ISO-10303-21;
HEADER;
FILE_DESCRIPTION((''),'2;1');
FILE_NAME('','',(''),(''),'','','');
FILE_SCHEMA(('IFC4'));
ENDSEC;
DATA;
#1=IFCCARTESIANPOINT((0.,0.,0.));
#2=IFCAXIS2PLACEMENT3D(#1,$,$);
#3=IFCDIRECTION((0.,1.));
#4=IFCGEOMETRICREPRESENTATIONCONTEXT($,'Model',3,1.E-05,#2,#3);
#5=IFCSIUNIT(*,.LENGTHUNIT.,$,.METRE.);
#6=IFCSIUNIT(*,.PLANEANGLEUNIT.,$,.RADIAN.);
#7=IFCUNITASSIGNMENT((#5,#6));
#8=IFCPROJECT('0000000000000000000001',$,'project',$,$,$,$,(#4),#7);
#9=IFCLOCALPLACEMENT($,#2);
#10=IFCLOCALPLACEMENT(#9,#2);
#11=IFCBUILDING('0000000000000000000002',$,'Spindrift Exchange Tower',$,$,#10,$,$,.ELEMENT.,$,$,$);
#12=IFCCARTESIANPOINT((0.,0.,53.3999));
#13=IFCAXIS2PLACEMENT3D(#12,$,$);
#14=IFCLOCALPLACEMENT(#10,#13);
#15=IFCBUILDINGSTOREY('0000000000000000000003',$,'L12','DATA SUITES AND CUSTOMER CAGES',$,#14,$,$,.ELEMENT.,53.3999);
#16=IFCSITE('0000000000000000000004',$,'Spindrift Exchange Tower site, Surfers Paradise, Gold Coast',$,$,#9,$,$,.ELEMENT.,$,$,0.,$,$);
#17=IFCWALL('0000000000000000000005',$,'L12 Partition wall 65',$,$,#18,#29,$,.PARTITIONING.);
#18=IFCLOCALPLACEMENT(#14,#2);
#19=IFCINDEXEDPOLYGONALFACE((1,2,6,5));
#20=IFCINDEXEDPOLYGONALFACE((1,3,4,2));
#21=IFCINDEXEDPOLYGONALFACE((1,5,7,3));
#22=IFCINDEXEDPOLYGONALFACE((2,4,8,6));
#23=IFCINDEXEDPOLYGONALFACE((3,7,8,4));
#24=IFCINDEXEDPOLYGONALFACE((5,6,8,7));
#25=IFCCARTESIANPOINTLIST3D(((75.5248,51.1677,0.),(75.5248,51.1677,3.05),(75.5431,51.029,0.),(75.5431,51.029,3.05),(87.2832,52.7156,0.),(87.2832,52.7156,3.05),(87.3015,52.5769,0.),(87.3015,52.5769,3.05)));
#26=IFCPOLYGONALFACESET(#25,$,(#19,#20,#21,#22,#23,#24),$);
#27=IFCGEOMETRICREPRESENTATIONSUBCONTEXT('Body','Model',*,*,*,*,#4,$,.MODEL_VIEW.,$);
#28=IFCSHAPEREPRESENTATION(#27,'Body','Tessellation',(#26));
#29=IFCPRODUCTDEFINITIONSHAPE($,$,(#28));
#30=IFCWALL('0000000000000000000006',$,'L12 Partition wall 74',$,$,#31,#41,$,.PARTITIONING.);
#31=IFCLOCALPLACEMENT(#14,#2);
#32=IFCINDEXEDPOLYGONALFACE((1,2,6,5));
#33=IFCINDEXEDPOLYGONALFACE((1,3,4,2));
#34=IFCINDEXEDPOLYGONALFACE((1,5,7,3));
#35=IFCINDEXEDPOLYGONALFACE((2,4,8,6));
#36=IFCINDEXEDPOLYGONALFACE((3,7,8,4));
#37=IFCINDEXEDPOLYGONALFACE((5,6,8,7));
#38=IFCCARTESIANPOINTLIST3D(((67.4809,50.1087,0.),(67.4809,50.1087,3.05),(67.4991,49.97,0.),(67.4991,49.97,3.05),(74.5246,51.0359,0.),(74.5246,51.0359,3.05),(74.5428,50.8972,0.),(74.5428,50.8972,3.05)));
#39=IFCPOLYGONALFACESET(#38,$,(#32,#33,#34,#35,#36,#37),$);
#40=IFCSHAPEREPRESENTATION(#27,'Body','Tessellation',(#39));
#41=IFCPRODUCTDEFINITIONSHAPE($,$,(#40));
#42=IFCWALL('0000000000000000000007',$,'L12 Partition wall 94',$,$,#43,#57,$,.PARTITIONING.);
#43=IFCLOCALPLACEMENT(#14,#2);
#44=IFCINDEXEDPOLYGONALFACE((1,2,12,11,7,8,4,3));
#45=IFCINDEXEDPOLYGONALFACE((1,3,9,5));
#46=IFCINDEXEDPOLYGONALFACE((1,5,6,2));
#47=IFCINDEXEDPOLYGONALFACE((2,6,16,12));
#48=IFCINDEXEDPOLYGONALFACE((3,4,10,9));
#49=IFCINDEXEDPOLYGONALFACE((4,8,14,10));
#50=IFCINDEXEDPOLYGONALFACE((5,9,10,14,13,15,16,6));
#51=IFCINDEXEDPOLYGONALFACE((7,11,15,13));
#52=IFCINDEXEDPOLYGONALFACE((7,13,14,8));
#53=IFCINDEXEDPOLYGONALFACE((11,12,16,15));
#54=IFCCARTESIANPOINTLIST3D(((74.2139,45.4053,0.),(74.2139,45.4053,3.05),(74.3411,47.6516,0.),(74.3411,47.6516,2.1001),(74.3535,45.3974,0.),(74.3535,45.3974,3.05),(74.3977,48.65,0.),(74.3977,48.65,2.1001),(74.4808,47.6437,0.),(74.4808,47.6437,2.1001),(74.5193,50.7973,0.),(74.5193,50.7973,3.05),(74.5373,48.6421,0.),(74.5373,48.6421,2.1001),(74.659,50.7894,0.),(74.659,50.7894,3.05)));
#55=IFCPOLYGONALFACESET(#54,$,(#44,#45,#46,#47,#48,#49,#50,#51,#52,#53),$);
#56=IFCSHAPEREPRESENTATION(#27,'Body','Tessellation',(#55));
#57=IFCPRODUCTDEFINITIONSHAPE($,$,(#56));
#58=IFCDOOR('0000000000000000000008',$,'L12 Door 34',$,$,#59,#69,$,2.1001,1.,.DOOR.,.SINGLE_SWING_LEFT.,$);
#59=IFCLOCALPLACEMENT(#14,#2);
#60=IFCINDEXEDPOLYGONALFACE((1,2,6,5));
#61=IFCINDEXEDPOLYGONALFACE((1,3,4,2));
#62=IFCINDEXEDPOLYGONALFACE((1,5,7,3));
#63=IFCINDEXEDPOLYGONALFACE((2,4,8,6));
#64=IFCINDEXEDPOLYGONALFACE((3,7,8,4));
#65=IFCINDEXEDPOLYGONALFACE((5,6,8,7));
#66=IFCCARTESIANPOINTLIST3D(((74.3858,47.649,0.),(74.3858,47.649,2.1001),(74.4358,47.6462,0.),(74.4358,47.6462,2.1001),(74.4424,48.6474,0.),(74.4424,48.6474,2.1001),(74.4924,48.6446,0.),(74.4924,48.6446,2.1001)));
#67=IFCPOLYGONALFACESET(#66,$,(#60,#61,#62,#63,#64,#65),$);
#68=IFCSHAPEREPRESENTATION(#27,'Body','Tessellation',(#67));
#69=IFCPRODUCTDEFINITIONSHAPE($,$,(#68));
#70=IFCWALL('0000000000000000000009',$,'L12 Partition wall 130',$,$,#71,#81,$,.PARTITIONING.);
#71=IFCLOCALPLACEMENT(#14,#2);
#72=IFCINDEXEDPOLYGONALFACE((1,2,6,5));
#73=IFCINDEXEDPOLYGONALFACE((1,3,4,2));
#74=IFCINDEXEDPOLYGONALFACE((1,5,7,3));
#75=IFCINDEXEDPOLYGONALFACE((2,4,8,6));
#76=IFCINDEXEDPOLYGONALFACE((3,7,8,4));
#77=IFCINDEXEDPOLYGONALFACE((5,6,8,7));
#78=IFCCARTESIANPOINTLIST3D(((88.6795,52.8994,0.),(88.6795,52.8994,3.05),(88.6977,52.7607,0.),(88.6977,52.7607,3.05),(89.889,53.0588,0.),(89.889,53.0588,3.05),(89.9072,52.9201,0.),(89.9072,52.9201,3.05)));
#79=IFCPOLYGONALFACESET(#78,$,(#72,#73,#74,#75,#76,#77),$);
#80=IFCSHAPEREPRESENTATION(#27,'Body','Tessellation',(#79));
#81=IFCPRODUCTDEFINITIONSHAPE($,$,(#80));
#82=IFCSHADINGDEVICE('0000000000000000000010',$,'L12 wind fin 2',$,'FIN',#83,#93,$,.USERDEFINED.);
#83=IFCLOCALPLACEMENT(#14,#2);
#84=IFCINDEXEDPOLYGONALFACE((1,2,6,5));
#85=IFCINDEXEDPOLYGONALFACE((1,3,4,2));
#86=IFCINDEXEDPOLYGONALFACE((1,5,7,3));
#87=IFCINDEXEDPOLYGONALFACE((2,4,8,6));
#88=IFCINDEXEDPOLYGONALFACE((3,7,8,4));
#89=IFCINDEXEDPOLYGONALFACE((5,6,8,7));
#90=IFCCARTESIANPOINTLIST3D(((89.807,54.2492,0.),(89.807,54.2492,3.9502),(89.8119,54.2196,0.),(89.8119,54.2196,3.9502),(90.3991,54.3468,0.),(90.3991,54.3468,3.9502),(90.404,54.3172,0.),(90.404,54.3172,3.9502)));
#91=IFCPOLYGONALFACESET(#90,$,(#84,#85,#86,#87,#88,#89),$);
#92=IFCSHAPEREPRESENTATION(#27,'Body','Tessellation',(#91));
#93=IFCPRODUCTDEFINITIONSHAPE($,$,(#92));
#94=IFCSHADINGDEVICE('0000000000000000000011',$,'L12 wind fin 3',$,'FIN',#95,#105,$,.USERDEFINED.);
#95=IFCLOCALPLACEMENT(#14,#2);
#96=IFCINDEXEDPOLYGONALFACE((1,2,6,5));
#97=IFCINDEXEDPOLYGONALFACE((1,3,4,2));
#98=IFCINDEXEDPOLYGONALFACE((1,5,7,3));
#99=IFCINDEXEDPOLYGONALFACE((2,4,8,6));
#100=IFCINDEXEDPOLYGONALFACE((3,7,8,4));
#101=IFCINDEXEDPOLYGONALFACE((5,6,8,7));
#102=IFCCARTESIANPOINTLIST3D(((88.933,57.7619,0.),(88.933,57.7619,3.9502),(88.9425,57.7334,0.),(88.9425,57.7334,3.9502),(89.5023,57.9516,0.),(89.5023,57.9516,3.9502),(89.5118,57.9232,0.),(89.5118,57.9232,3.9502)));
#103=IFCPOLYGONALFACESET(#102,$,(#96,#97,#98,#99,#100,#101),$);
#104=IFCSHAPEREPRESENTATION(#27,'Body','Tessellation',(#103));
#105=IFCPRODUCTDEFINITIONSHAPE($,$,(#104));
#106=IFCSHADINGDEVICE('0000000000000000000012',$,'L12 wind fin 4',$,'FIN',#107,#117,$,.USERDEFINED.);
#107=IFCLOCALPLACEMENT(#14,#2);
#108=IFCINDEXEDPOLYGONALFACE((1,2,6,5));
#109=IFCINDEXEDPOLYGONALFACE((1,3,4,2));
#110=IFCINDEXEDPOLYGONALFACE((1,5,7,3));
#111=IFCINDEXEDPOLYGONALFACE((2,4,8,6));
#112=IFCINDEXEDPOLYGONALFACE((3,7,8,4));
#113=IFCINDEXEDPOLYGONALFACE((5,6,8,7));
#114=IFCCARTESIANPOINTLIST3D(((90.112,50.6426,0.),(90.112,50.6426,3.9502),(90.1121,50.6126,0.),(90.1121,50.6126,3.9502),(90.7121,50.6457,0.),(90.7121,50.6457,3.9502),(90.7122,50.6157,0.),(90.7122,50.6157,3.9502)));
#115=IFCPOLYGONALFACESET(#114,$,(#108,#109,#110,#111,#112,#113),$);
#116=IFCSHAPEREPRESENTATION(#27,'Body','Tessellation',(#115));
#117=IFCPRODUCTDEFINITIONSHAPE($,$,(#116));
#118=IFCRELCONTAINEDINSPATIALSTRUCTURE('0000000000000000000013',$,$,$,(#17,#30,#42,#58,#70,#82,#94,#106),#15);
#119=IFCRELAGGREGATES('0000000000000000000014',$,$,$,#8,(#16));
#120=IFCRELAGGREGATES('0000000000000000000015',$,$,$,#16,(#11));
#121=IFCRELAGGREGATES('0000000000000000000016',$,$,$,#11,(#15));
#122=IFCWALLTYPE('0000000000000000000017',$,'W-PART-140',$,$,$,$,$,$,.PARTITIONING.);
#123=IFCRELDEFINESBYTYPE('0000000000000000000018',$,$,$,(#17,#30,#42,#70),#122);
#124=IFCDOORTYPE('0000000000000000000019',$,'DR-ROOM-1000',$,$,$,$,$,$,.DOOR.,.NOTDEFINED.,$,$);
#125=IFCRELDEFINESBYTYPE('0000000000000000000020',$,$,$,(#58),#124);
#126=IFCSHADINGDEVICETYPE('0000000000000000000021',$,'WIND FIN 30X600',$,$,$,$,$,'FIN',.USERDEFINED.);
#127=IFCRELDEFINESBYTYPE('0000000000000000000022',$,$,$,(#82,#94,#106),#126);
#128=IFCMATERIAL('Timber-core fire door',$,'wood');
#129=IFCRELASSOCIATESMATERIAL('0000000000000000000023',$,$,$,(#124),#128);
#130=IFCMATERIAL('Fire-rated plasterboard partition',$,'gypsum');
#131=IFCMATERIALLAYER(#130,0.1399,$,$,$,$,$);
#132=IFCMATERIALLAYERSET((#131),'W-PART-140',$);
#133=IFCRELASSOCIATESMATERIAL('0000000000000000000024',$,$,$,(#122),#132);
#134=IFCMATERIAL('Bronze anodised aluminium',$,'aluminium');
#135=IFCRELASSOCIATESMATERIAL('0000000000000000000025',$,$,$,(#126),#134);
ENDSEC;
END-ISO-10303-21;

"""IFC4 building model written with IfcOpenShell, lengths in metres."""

from ifc_helpers import new_model, si_unit, direction, frame, frame_2d, origin, origin_2d, place, context, subcontext, project, spatial, rectangle, extrude, source, transform, mapped, material, layer, layer_set, material_profile, profile_set, type_object, element, fill, save


model = new_model("IFC4")

# Units and contexts
model_context = context("Model", 3, precision=1e-05, world=origin(), true_north=direction((0.0, 1.0)))
body_context = subcontext(model_context, "Body", "Model", "MODEL_VIEW")
ifc_project = project(units=[si_unit("LENGTHUNIT", "METRE"), si_unit("PLANEANGLEUNIT", "RADIAN")], contexts=[model_context])

# Site, building, storey
site_placement = place(None, origin())
site = spatial("IfcSite", under=ifc_project, at=site_placement, Name="Spindrift Exchange Tower site, Surfers Paradise, Gold Coast", CompositionType="ELEMENT", RefElevation=0.0)
building_placement = place(site_placement, origin())
building = spatial("IfcBuilding", under=site, at=building_placement, Name="Spindrift Exchange Tower", CompositionType="ELEMENT")
storey_placement = place(building_placement, frame((0.0, 0.0, 53.3999)))
storey = spatial("IfcBuildingStorey", under=building, at=storey_placement, Name="L12", Description="DATA SUITES AND CUSTOMER CAGES", CompositionType="ELEMENT", Elevation=53.3999)

# Shared definitions
ifc_material_1 = material(Name="Bronze anodised aluminium", Category="aluminium")

# Shared definitions
ifc_material_2 = material(Name="Fire-rated plasterboard partition", Category="gypsum")
ifc_material_3 = material(Name="Timber-core fire door", Category="wood")
door_type = type_object("IfcDoorType", Name="DR-ROOM-1000", OperationType="NOTDEFINED", PredefinedType="DOOR", material=ifc_material_3)
shared_shape_1 = source(origin(), body_context, "Body", "SweptSolid", [
    extrude(rectangle(XDim=1.0, YDim=2.1001, at=frame_2d((0.5, 1.05))), frame((0.0, 0.0249, 0.0), z_axis=(0.0, -1.0, 0.0), x_axis=(1.0, 0.0, 0.0)), (0.0, 0.0, 1.0), 0.05),
])

# Walls
ifc_layer_1 = layer(ifc_material_2, 0.1399)
ifc_layer_set_1 = layer_set([ifc_layer_1], Name="W-PART-140")
wall_type_1 = type_object("IfcWallType", Name="W-PART-140", PredefinedType="PARTITIONING", material=ifc_layer_set_1)
wall_1_placement = place(storey_placement, frame((75.5339, 51.0984, 0.0), z_axis=(0.0, 0.0, 1.0), x_axis=(0.991447, 0.130513, 0.0)))
element("IfcWall", 1, at=wall_1_placement, inside=storey, type_object=wall_type_1, Name="L12 Partition wall 65", PredefinedType="PARTITIONING", context=body_context, shape_type="SweptSolid", body=[
    extrude(rectangle(XDim=11.8599, YDim=0.1399, at=frame_2d((5.9299, 0.0))), origin(), (0.0, 0.0, 1.0), 3.05),
])
wall_2_placement = place(storey_placement, frame((67.49, 50.0393, 0.0), z_axis=(0.0, 0.0, 1.0), x_axis=(0.991446, 0.130516, 0.0)))
element("IfcWall", 2, at=wall_2_placement, inside=storey, type_object=wall_type_1, Name="L12 Partition wall 74", PredefinedType="PARTITIONING", context=body_context, shape_type="SweptSolid", body=[
    extrude(rectangle(XDim=7.1045, YDim=0.1399, at=frame_2d((3.5522, 0.0))), origin(), (0.0, 0.0, 1.0), 3.05),
])

# Wall, opening, door
wall_3_placement = place(storey_placement, frame((74.5891, 50.7932, 0.0), z_axis=(0.0, 0.0, 1.0), x_axis=(-0.056552, -0.9984, 0.0)))
wall_3 = element("IfcWall", 3, at=wall_3_placement, inside=storey, type_object=wall_type_1, Name="L12 Partition wall 94", PredefinedType="PARTITIONING", context=body_context, shape_type="SweptSolid", body=[
    extrude(rectangle(XDim=5.4006, YDim=0.1399, at=frame_2d((2.7002, 0.0))), origin(), (0.0, 0.0, 1.0), 3.05),
])
opening_1_placement = place(wall_3_placement, frame((2.1506, 0.0, 0.0)))
opening_1 = element("IfcOpeningElement", 4, at=opening_1_placement, cuts=wall_3, PredefinedType="OPENING", context=body_context, shape_type="SweptSolid", body=[
    extrude(rectangle(XDim=1.0, YDim=2.1001, at=frame_2d((0.5, 1.05))), frame((0.0, 0.0798, 0.0), z_axis=(0.0, -1.0, 0.0), x_axis=(1.0, 0.0, 0.0)), (0.0, 0.0, 1.0), 0.1599),
])
door_1_placement = place(opening_1_placement, origin())
door_1 = element("IfcDoor", 5, at=door_1_placement, inside=storey, type_object=door_type, Name="L12 Door 34", OperationType="SINGLE_SWING_LEFT", OverallHeight=2.1001, OverallWidth=1.0, PredefinedType="DOOR", context=body_context, shape_type="MappedRepresentation", body=[
    mapped(shared_shape_1, transform((0.0, 0.0, 0.0), scale=1.0)),
])
fill(opening_1, door_1)

# Wall
wall_4_placement = place(storey_placement, frame((88.6887, 52.8301, 0.0), z_axis=(0.0, 0.0, 1.0), x_axis=(0.991424, 0.130682, 0.0)))
element("IfcWall", 6, at=wall_4_placement, inside=storey, type_object=wall_type_1, Name="L12 Partition wall 130", PredefinedType="PARTITIONING", context=body_context, shape_type="SweptSolid", body=[
    extrude(rectangle(XDim=1.22, YDim=0.1399, at=frame_2d((0.6099, 0.0))), origin(), (0.0, 0.0, 1.0), 3.05),
])

# Shading devices
ifc_material_profile_1 = material_profile(ifc_material_1, rectangle(XDim=0.03, YDim=0.6001, at=origin_2d()), Name="WIND FIN 30X600")
ifc_profile_set_1 = profile_set([ifc_material_profile_1], Name="Bronze anodised aluminium")
shading_device_type = type_object("IfcShadingDeviceType", Name="WIND FIN 30X600", ElementType="FIN", PredefinedType="USERDEFINED", material=ifc_profile_set_1)
shared_shape_2 = source(origin(), body_context, "Body", "SweptSolid", [
    extrude(rectangle(XDim=0.03, YDim=0.6001, at=origin_2d()), origin(), (0.0, 0.0, 1.0), 3.9502),
])
for number, where, z_axis, x_axis, name in (
    (7, (90.1055, 54.2832, 0.0), (0.0, 0.0, 1.0), (-0.162696, 0.986676, 0.0), "L12 wind fin 2"),
    (8, (89.2224, 57.8425, 0.0), (0.0, 0.0, 1.0), (-0.316171, 0.948702, 0.0), "L12 wind fin 3"),
    (9, (90.4121, 50.6292, 0.0), (0.0, 0.0, 1.0), (-0.005149, 0.999987, 0.0), "L12 wind fin 4"),
):
    element("IfcShadingDevice", number, at=place(storey_placement, frame(where, z_axis=z_axis, x_axis=x_axis)), inside=storey, type_object=shading_device_type, Name=name, ObjectType="FIN", PredefinedType="USERDEFINED", context=body_context, shape_type="MappedRepresentation", body=[
        mapped(shared_shape_2, transform((0.0, 0.0, 0.0), scale=1.0)),
    ])

save(model, "model.ifc")
